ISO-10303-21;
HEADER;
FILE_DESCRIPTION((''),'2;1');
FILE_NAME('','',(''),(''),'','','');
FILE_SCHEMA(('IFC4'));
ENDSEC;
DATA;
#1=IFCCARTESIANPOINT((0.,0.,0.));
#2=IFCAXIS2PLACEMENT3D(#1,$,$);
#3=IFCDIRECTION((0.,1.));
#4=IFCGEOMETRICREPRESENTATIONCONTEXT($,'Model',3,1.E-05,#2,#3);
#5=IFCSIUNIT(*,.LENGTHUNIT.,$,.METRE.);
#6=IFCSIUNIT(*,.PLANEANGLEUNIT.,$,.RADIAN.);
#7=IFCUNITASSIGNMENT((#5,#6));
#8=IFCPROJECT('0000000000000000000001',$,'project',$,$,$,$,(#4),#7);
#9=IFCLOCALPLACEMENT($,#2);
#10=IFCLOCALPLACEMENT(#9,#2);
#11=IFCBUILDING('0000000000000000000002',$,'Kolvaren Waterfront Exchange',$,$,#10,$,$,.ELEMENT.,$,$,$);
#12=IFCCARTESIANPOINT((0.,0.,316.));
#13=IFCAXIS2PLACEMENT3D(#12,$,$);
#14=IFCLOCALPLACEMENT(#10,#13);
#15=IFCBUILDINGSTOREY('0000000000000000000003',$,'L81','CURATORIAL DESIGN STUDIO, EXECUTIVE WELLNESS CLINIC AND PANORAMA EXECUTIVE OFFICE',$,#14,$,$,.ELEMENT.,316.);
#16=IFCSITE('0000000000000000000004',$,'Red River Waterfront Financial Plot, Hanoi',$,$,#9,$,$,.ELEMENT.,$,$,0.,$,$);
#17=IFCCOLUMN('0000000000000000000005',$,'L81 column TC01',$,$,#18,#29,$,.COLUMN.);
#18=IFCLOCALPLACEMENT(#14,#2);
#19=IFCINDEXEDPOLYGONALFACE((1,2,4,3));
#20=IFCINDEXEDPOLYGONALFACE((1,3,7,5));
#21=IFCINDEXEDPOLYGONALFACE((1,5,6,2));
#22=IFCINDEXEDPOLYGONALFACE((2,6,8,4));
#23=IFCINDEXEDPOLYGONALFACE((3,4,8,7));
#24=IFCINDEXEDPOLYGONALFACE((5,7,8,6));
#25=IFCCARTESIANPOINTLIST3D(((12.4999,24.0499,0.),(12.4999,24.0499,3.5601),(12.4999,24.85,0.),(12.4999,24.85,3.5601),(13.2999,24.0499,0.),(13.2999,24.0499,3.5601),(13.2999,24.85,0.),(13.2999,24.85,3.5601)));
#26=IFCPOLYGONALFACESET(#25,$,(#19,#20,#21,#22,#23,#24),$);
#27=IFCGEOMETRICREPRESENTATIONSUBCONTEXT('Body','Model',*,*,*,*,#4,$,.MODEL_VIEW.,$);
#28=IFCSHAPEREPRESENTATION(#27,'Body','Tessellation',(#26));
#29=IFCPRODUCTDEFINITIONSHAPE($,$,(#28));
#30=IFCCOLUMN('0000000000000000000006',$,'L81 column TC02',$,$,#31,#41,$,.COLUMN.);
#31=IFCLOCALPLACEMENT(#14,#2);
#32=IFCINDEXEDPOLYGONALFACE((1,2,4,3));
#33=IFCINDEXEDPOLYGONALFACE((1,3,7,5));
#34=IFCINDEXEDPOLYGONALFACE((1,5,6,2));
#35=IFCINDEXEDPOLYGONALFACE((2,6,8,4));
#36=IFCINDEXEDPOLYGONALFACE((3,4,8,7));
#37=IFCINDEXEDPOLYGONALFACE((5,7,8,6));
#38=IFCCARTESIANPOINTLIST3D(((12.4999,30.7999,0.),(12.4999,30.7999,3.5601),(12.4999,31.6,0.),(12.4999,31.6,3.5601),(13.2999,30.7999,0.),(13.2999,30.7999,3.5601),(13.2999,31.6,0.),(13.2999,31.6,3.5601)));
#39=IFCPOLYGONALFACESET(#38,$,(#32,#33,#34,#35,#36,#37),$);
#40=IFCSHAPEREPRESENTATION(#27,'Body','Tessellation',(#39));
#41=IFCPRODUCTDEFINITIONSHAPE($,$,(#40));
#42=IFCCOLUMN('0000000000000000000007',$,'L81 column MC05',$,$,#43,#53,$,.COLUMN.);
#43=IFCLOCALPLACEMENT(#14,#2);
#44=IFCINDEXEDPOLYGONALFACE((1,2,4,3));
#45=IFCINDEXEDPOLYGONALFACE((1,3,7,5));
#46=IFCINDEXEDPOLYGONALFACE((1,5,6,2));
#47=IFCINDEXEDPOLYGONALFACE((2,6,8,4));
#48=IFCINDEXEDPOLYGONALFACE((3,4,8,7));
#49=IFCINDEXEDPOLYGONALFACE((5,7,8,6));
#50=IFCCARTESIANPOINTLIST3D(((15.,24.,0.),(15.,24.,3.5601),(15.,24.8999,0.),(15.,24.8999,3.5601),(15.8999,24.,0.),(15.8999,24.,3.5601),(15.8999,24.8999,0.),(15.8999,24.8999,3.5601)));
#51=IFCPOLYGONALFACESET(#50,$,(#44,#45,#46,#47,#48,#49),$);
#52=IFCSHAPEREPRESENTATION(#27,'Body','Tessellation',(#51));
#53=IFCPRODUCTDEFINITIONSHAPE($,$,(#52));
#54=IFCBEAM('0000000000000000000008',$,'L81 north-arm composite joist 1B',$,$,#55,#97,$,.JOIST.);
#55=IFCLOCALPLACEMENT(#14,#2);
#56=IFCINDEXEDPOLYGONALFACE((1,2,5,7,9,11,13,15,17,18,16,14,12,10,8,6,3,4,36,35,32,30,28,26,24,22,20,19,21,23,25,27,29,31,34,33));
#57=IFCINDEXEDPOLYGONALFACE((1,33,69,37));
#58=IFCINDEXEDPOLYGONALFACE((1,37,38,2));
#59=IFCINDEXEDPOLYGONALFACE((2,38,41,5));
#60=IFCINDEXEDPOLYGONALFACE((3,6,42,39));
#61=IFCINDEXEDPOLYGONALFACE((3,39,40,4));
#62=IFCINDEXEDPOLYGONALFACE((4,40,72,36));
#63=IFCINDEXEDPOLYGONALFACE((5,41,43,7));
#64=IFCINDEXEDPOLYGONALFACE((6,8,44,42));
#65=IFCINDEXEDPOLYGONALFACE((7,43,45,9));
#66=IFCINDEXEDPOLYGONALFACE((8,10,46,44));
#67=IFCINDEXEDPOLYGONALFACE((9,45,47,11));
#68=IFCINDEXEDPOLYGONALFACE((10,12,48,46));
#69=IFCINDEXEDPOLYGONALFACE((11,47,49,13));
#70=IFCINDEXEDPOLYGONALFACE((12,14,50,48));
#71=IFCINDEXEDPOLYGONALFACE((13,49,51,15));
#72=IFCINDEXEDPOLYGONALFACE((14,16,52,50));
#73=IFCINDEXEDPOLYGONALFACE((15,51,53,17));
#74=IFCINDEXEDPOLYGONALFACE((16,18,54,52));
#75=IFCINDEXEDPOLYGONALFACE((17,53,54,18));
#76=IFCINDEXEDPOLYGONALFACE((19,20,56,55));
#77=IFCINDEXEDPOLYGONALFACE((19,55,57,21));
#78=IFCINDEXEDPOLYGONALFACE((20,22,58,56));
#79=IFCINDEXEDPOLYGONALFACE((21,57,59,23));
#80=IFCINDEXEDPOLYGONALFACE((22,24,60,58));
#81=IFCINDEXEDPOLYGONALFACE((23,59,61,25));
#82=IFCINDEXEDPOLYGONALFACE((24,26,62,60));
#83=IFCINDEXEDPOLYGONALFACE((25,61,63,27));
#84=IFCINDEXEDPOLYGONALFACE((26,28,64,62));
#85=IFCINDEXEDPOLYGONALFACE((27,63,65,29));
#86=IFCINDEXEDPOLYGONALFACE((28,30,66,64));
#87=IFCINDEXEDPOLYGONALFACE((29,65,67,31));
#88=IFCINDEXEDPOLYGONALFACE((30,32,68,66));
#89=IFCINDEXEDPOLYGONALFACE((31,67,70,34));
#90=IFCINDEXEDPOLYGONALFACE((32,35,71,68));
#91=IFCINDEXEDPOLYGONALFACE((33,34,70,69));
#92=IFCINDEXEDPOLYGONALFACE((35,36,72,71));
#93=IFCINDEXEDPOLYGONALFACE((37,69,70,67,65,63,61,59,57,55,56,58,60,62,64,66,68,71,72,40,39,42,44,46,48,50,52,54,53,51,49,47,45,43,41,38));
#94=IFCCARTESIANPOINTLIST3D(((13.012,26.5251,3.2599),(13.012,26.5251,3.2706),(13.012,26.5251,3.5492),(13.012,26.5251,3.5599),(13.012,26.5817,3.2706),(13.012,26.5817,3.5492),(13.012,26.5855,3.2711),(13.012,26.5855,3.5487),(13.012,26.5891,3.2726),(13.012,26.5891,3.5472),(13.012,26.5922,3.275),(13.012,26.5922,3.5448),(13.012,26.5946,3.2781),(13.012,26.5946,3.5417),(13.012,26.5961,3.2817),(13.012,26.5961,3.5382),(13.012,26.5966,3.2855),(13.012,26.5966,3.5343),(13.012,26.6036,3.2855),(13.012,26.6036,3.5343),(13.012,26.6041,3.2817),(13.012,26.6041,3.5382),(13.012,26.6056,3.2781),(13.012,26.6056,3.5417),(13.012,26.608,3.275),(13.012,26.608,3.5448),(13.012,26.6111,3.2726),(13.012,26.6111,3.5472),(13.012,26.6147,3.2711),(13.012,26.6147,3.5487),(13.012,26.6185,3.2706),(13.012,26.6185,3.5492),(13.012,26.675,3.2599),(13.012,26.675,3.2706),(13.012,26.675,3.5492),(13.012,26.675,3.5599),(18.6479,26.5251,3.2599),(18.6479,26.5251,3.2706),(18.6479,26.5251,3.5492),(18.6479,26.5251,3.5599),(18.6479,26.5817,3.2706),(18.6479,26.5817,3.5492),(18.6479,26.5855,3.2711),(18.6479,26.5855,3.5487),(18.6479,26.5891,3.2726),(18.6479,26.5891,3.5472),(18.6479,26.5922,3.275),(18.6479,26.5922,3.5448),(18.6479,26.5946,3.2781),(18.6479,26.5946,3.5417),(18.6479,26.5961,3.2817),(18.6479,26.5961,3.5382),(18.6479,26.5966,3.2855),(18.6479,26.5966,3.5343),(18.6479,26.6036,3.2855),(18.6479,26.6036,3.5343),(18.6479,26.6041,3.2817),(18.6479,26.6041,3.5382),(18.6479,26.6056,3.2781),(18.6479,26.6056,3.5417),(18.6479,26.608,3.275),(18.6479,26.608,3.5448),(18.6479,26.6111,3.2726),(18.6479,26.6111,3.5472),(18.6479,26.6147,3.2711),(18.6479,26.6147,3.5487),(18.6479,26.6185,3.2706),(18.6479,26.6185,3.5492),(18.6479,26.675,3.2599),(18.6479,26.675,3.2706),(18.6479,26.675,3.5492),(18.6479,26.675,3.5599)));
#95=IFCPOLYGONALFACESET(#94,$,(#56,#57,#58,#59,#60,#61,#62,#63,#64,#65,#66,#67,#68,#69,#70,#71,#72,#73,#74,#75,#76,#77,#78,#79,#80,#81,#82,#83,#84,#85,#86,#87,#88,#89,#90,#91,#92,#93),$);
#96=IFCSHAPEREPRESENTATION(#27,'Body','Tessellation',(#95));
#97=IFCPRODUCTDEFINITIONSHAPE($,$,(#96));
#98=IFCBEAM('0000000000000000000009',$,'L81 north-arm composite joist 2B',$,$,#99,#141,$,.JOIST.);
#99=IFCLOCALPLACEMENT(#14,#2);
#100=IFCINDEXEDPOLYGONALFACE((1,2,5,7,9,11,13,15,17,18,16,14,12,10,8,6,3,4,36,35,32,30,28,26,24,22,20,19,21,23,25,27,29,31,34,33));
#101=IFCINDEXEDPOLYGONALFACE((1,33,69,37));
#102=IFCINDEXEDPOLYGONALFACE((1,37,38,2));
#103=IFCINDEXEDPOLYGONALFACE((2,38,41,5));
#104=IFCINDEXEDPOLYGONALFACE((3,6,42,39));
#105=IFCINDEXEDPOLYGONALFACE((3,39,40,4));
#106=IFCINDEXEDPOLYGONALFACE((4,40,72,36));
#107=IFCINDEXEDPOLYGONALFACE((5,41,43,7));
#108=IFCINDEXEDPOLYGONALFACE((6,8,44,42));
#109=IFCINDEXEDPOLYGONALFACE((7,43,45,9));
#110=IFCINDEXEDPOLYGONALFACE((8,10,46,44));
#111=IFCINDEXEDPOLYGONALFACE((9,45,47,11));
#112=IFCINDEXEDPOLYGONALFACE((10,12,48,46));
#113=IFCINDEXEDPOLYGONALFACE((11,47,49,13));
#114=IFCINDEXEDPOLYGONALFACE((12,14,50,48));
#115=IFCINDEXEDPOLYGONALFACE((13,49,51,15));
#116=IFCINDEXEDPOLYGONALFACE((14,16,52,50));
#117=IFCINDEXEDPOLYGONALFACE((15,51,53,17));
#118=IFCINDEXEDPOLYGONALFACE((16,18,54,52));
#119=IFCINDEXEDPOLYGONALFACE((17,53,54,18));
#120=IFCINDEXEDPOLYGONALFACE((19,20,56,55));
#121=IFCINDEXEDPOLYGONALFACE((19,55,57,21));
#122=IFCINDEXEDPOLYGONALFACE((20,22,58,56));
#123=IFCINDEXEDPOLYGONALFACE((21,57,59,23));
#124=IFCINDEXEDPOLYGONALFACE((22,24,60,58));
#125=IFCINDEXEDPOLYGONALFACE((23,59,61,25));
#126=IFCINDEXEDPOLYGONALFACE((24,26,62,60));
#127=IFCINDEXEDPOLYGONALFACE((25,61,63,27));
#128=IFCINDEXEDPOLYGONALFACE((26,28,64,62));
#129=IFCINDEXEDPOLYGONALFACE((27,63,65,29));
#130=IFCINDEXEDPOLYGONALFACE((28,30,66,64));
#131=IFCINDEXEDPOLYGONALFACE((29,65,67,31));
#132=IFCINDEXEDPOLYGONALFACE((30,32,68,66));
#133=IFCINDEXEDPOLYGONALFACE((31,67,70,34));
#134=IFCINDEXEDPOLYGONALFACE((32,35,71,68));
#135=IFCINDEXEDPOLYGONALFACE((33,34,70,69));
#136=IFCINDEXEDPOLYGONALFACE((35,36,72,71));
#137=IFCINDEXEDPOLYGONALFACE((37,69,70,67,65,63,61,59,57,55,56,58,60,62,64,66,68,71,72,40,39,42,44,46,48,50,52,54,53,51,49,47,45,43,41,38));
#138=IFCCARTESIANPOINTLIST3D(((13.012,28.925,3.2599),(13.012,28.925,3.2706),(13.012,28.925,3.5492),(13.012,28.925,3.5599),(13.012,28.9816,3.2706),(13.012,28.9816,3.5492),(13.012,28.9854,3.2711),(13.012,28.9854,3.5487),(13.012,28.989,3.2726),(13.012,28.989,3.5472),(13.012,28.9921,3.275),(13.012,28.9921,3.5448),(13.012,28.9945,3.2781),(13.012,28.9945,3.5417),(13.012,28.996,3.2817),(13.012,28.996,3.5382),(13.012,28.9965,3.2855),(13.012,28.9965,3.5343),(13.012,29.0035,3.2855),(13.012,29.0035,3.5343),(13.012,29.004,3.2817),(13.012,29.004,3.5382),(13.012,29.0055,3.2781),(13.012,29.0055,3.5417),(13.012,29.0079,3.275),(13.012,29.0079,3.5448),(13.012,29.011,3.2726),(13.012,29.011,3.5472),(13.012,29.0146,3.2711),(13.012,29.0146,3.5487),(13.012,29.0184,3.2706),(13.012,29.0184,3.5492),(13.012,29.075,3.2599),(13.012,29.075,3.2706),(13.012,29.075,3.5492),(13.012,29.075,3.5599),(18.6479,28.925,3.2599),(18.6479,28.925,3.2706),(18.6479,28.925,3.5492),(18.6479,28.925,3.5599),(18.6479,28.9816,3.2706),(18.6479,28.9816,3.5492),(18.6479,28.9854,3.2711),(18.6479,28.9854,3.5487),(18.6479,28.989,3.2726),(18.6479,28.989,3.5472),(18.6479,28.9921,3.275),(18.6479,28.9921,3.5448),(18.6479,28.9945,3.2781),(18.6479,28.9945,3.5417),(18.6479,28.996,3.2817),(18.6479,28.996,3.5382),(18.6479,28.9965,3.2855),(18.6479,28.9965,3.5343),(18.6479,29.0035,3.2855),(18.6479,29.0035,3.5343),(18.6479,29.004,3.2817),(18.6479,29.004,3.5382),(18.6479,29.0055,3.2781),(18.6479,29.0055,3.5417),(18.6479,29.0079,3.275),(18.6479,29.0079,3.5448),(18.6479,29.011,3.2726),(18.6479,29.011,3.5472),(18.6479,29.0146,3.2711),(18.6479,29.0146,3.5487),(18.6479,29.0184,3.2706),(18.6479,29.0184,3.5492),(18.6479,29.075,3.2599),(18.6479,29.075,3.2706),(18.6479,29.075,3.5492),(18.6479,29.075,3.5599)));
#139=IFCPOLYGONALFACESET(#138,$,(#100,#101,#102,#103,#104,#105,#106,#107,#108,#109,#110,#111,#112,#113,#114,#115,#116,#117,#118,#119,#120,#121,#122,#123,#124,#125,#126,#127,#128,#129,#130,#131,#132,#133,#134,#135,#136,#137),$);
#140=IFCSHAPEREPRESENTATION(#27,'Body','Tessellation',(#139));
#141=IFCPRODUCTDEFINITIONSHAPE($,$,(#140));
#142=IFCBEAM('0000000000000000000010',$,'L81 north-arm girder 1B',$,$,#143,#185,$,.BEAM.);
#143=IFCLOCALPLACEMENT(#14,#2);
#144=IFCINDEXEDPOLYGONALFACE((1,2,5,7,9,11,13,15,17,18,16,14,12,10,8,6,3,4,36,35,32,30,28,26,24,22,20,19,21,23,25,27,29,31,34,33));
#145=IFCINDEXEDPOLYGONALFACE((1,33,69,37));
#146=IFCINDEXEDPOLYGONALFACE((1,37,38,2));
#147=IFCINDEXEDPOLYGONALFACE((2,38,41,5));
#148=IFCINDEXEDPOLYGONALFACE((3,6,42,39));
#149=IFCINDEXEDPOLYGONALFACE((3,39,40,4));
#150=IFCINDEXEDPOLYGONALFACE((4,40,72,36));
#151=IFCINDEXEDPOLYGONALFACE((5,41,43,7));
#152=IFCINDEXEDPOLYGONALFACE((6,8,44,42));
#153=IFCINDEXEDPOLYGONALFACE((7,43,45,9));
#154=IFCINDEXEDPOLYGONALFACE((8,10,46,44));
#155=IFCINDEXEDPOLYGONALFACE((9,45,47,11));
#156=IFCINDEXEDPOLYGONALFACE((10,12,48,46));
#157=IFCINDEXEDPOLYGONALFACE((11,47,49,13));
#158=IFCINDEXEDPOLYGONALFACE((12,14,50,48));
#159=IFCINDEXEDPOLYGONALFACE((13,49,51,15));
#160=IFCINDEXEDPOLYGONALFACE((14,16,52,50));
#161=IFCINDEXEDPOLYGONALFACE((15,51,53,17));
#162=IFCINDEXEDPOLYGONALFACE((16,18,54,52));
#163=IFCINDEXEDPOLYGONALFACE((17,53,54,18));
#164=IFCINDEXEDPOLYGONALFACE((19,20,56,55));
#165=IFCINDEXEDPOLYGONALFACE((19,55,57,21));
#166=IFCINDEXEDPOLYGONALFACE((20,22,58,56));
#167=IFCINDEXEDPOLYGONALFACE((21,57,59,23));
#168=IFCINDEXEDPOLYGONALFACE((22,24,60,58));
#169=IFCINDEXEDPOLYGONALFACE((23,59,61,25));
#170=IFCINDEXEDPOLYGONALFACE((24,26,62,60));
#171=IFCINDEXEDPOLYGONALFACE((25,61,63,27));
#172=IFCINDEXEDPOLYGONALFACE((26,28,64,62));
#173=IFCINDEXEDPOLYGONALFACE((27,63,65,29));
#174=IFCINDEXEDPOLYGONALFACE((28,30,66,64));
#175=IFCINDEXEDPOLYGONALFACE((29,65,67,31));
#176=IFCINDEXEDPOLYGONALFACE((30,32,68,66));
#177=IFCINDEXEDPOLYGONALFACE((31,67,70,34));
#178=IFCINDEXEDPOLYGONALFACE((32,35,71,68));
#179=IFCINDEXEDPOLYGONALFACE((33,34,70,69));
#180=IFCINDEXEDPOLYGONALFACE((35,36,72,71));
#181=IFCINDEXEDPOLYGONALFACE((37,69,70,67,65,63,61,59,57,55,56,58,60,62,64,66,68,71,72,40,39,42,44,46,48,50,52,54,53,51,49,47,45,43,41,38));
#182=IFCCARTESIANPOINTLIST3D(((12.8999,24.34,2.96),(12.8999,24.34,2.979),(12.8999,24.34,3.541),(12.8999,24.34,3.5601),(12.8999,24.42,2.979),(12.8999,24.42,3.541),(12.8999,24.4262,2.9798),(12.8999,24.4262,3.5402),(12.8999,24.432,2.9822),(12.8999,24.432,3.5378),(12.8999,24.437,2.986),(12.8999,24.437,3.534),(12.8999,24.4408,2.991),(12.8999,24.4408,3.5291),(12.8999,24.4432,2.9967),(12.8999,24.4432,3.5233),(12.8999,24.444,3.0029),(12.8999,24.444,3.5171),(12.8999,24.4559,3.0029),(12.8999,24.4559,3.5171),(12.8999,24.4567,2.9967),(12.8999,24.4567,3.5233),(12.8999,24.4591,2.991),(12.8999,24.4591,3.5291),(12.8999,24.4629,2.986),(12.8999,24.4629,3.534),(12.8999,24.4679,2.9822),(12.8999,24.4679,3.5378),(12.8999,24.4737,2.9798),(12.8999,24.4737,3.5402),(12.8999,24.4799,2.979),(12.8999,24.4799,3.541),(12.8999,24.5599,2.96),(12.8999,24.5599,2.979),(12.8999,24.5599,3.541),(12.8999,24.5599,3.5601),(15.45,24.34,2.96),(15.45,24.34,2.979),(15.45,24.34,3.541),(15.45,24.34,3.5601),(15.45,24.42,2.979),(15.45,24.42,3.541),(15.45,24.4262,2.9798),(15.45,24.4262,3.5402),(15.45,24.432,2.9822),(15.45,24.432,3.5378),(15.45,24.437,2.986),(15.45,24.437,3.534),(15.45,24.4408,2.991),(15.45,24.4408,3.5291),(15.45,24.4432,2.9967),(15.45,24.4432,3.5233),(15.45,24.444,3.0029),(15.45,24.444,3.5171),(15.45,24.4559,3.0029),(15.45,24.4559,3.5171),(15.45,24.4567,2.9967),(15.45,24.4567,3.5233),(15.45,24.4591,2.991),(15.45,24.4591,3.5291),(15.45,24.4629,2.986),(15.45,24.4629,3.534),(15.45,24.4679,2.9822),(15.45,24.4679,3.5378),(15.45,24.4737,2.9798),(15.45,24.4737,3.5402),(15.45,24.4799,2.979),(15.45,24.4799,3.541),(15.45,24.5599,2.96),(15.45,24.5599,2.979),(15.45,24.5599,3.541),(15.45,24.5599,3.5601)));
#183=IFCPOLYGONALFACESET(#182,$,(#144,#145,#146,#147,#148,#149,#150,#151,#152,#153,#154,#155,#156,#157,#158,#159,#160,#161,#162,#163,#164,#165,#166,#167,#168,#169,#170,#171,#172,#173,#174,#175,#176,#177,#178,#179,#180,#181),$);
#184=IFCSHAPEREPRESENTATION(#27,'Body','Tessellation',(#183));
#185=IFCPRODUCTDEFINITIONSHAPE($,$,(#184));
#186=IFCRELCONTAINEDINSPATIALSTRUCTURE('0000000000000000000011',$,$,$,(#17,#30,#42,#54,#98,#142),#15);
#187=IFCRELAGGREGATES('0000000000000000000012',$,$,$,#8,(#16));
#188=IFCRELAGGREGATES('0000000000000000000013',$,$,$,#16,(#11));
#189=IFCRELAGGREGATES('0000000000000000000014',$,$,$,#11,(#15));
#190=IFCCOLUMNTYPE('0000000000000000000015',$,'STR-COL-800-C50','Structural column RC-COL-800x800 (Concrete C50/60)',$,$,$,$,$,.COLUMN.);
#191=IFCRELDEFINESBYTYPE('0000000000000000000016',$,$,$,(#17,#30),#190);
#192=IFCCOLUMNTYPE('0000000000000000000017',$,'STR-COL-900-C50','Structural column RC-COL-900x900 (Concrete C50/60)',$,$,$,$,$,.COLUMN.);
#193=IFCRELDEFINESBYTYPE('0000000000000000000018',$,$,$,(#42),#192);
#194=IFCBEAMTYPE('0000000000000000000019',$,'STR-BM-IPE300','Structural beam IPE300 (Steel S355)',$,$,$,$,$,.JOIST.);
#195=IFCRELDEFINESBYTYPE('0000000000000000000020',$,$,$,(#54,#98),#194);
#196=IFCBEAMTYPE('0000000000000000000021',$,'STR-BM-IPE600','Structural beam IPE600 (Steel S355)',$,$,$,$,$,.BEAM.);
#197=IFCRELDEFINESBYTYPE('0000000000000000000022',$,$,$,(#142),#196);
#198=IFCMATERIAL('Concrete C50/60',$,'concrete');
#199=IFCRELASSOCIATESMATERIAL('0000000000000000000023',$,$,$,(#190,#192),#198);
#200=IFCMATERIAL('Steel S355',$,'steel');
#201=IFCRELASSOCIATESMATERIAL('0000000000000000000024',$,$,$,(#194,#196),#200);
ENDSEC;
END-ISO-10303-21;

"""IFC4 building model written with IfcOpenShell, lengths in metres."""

from ifc_helpers import new_model, si_unit, direction, frame, origin, origin_2d, place, context, subcontext, project, spatial, rectangle, i_section, extrude, material, material_profile, profile_set, type_object, element, save


model = new_model("IFC4")

# Units and contexts
model_context = context("Model", 3, precision=1e-05, world=origin(), true_north=direction((0.0, 1.0)))
body_context = subcontext(model_context, "Body", "Model", "MODEL_VIEW")
ifc_project = project(units=[si_unit("LENGTHUNIT", "METRE"), si_unit("PLANEANGLEUNIT", "RADIAN")], contexts=[model_context])

# Site, building, storey
site_placement = place(None, origin())
site = spatial("IfcSite", under=ifc_project, at=site_placement, Name="Red River Waterfront Financial Plot, Hanoi", CompositionType="ELEMENT", RefElevation=0.0)
building_placement = place(site_placement, origin())
building = spatial("IfcBuilding", under=site, at=building_placement, Name="Kolvaren Waterfront Exchange", CompositionType="ELEMENT")
storey_placement = place(building_placement, frame((0.0, 0.0, 316.0)))
storey = spatial("IfcBuildingStorey", under=building, at=storey_placement, Name="L81", Description="CURATORIAL DESIGN STUDIO, EXECUTIVE WELLNESS CLINIC AND PANORAMA EXECUTIVE OFFICE", CompositionType="ELEMENT", Elevation=316.0)

# Columns
ifc_material_1 = material(Name="Concrete C50/60", Category="concrete")
ifc_material_profile_1 = material_profile(ifc_material_1, rectangle(XDim=0.8, YDim=0.8, at=origin_2d()), Name="RC-COL-800x800")
ifc_profile_set_1 = profile_set([ifc_material_profile_1], Name="Concrete C50/60")
column_type_1 = type_object("IfcColumnType", Name="STR-COL-800-C50", Description="Structural column RC-COL-800x800 (Concrete C50/60)", PredefinedType="COLUMN", material=ifc_profile_set_1)
for number, where, z_axis, x_axis, name in (
    (1, (12.8999, 24.45, 0.0), (0.0, 0.0, 1.0), (1.0, 0.0, 0.0), "L81 column TC01"),
    (2, (12.8999, 31.2, 0.0), (0.0, 0.0, 1.0), (1.0, 0.0, 0.0), "L81 column TC02"),
):
    element("IfcColumn", number, at=place(storey_placement, frame(where, z_axis=z_axis, x_axis=x_axis)), inside=storey, type_object=column_type_1, Name=name, PredefinedType="COLUMN", context=body_context, shape_type="SweptSolid", body=[
        extrude(rectangle(XDim=0.8, YDim=0.8, at=origin_2d()), origin(), (0.0, 0.0, 1.0), 3.5601),
    ])
ifc_material_profile_2 = material_profile(ifc_material_1, rectangle(XDim=0.8999, YDim=0.8999, at=origin_2d()), Name="RC-COL-900x900")
ifc_profile_set_2 = profile_set([ifc_material_profile_2], Name="Concrete C50/60")
column_type_2 = type_object("IfcColumnType", Name="STR-COL-900-C50", Description="Structural column RC-COL-900x900 (Concrete C50/60)", PredefinedType="COLUMN", material=ifc_profile_set_2)
column_placement = place(storey_placement, frame((15.45, 24.45, 0.0), z_axis=(0.0, 0.0, 1.0), x_axis=(1.0, 0.0, 0.0)))
element("IfcColumn", 3, at=column_placement, inside=storey, type_object=column_type_2, Name="L81 column MC05", PredefinedType="COLUMN", context=body_context, shape_type="SweptSolid", body=[
    extrude(rectangle(XDim=0.8999, YDim=0.8999, at=origin_2d()), origin(), (0.0, 0.0, 1.0), 3.5601),
])

# Beams
ifc_material_2 = material(Name="Steel S355", Category="steel")
ifc_material_profile_3 = material_profile(ifc_material_2, i_section(OverallWidth=0.1499, OverallDepth=0.3, WebThickness=0.0071, FlangeThickness=0.0107, FilletRadius=0.0149, at=origin_2d()), Name="IPE300")
ifc_profile_set_3 = profile_set([ifc_material_profile_3], Name="Steel S355")
beam_type_1 = type_object("IfcBeamType", Name="STR-BM-IPE300", Description="Structural beam IPE300 (Steel S355)", PredefinedType="JOIST", material=ifc_profile_set_3)
for number, where, z_axis, x_axis, name in (
    (4, (13.012, 26.6001, 3.4099), (1.0, 0.0, 0.0), (0.0, 1.0, 0.0), "L81 north-arm composite joist 1B"),
    (5, (13.012, 29.0, 3.4099), (1.0, 0.0, 0.0), (0.0, 1.0, 0.0), "L81 north-arm composite joist 2B"),
):
    element("IfcBeam", number, at=place(storey_placement, frame(where, z_axis=z_axis, x_axis=x_axis)), inside=storey, type_object=beam_type_1, Name=name, PredefinedType="JOIST", context=body_context, shape_type="SweptSolid", body=[
        extrude(i_section(OverallWidth=0.1499, OverallDepth=0.3, WebThickness=0.0071, FlangeThickness=0.0107, FilletRadius=0.0149, at=origin_2d()), origin(), (0.0, 0.0, 1.0), 5.636),
    ])
ifc_material_profile_4 = material_profile(ifc_material_2, i_section(OverallWidth=0.22, OverallDepth=0.6001, WebThickness=0.012, FlangeThickness=0.019, FilletRadius=0.0239, at=origin_2d()), Name="IPE600")
ifc_profile_set_4 = profile_set([ifc_material_profile_4], Name="Steel S355")
beam_type_2 = type_object("IfcBeamType", Name="STR-BM-IPE600", Description="Structural beam IPE600 (Steel S355)", PredefinedType="BEAM", material=ifc_profile_set_4)
beam_1_placement = place(storey_placement, frame((12.8999, 24.45, 3.26), z_axis=(1.0, 0.0, 0.0), x_axis=(0.0, 1.0, 0.0)))
element("IfcBeam", 6, at=beam_1_placement, inside=storey, type_object=beam_type_2, Name="L81 north-arm girder 1B", PredefinedType="BEAM", context=body_context, shape_type="SweptSolid", body=[
    extrude(i_section(OverallWidth=0.22, OverallDepth=0.6001, WebThickness=0.012, FlangeThickness=0.019, FilletRadius=0.0239, at=origin_2d()), origin(), (0.0, 0.0, 1.0), 2.55),
])

save(model, "model.ifc")
